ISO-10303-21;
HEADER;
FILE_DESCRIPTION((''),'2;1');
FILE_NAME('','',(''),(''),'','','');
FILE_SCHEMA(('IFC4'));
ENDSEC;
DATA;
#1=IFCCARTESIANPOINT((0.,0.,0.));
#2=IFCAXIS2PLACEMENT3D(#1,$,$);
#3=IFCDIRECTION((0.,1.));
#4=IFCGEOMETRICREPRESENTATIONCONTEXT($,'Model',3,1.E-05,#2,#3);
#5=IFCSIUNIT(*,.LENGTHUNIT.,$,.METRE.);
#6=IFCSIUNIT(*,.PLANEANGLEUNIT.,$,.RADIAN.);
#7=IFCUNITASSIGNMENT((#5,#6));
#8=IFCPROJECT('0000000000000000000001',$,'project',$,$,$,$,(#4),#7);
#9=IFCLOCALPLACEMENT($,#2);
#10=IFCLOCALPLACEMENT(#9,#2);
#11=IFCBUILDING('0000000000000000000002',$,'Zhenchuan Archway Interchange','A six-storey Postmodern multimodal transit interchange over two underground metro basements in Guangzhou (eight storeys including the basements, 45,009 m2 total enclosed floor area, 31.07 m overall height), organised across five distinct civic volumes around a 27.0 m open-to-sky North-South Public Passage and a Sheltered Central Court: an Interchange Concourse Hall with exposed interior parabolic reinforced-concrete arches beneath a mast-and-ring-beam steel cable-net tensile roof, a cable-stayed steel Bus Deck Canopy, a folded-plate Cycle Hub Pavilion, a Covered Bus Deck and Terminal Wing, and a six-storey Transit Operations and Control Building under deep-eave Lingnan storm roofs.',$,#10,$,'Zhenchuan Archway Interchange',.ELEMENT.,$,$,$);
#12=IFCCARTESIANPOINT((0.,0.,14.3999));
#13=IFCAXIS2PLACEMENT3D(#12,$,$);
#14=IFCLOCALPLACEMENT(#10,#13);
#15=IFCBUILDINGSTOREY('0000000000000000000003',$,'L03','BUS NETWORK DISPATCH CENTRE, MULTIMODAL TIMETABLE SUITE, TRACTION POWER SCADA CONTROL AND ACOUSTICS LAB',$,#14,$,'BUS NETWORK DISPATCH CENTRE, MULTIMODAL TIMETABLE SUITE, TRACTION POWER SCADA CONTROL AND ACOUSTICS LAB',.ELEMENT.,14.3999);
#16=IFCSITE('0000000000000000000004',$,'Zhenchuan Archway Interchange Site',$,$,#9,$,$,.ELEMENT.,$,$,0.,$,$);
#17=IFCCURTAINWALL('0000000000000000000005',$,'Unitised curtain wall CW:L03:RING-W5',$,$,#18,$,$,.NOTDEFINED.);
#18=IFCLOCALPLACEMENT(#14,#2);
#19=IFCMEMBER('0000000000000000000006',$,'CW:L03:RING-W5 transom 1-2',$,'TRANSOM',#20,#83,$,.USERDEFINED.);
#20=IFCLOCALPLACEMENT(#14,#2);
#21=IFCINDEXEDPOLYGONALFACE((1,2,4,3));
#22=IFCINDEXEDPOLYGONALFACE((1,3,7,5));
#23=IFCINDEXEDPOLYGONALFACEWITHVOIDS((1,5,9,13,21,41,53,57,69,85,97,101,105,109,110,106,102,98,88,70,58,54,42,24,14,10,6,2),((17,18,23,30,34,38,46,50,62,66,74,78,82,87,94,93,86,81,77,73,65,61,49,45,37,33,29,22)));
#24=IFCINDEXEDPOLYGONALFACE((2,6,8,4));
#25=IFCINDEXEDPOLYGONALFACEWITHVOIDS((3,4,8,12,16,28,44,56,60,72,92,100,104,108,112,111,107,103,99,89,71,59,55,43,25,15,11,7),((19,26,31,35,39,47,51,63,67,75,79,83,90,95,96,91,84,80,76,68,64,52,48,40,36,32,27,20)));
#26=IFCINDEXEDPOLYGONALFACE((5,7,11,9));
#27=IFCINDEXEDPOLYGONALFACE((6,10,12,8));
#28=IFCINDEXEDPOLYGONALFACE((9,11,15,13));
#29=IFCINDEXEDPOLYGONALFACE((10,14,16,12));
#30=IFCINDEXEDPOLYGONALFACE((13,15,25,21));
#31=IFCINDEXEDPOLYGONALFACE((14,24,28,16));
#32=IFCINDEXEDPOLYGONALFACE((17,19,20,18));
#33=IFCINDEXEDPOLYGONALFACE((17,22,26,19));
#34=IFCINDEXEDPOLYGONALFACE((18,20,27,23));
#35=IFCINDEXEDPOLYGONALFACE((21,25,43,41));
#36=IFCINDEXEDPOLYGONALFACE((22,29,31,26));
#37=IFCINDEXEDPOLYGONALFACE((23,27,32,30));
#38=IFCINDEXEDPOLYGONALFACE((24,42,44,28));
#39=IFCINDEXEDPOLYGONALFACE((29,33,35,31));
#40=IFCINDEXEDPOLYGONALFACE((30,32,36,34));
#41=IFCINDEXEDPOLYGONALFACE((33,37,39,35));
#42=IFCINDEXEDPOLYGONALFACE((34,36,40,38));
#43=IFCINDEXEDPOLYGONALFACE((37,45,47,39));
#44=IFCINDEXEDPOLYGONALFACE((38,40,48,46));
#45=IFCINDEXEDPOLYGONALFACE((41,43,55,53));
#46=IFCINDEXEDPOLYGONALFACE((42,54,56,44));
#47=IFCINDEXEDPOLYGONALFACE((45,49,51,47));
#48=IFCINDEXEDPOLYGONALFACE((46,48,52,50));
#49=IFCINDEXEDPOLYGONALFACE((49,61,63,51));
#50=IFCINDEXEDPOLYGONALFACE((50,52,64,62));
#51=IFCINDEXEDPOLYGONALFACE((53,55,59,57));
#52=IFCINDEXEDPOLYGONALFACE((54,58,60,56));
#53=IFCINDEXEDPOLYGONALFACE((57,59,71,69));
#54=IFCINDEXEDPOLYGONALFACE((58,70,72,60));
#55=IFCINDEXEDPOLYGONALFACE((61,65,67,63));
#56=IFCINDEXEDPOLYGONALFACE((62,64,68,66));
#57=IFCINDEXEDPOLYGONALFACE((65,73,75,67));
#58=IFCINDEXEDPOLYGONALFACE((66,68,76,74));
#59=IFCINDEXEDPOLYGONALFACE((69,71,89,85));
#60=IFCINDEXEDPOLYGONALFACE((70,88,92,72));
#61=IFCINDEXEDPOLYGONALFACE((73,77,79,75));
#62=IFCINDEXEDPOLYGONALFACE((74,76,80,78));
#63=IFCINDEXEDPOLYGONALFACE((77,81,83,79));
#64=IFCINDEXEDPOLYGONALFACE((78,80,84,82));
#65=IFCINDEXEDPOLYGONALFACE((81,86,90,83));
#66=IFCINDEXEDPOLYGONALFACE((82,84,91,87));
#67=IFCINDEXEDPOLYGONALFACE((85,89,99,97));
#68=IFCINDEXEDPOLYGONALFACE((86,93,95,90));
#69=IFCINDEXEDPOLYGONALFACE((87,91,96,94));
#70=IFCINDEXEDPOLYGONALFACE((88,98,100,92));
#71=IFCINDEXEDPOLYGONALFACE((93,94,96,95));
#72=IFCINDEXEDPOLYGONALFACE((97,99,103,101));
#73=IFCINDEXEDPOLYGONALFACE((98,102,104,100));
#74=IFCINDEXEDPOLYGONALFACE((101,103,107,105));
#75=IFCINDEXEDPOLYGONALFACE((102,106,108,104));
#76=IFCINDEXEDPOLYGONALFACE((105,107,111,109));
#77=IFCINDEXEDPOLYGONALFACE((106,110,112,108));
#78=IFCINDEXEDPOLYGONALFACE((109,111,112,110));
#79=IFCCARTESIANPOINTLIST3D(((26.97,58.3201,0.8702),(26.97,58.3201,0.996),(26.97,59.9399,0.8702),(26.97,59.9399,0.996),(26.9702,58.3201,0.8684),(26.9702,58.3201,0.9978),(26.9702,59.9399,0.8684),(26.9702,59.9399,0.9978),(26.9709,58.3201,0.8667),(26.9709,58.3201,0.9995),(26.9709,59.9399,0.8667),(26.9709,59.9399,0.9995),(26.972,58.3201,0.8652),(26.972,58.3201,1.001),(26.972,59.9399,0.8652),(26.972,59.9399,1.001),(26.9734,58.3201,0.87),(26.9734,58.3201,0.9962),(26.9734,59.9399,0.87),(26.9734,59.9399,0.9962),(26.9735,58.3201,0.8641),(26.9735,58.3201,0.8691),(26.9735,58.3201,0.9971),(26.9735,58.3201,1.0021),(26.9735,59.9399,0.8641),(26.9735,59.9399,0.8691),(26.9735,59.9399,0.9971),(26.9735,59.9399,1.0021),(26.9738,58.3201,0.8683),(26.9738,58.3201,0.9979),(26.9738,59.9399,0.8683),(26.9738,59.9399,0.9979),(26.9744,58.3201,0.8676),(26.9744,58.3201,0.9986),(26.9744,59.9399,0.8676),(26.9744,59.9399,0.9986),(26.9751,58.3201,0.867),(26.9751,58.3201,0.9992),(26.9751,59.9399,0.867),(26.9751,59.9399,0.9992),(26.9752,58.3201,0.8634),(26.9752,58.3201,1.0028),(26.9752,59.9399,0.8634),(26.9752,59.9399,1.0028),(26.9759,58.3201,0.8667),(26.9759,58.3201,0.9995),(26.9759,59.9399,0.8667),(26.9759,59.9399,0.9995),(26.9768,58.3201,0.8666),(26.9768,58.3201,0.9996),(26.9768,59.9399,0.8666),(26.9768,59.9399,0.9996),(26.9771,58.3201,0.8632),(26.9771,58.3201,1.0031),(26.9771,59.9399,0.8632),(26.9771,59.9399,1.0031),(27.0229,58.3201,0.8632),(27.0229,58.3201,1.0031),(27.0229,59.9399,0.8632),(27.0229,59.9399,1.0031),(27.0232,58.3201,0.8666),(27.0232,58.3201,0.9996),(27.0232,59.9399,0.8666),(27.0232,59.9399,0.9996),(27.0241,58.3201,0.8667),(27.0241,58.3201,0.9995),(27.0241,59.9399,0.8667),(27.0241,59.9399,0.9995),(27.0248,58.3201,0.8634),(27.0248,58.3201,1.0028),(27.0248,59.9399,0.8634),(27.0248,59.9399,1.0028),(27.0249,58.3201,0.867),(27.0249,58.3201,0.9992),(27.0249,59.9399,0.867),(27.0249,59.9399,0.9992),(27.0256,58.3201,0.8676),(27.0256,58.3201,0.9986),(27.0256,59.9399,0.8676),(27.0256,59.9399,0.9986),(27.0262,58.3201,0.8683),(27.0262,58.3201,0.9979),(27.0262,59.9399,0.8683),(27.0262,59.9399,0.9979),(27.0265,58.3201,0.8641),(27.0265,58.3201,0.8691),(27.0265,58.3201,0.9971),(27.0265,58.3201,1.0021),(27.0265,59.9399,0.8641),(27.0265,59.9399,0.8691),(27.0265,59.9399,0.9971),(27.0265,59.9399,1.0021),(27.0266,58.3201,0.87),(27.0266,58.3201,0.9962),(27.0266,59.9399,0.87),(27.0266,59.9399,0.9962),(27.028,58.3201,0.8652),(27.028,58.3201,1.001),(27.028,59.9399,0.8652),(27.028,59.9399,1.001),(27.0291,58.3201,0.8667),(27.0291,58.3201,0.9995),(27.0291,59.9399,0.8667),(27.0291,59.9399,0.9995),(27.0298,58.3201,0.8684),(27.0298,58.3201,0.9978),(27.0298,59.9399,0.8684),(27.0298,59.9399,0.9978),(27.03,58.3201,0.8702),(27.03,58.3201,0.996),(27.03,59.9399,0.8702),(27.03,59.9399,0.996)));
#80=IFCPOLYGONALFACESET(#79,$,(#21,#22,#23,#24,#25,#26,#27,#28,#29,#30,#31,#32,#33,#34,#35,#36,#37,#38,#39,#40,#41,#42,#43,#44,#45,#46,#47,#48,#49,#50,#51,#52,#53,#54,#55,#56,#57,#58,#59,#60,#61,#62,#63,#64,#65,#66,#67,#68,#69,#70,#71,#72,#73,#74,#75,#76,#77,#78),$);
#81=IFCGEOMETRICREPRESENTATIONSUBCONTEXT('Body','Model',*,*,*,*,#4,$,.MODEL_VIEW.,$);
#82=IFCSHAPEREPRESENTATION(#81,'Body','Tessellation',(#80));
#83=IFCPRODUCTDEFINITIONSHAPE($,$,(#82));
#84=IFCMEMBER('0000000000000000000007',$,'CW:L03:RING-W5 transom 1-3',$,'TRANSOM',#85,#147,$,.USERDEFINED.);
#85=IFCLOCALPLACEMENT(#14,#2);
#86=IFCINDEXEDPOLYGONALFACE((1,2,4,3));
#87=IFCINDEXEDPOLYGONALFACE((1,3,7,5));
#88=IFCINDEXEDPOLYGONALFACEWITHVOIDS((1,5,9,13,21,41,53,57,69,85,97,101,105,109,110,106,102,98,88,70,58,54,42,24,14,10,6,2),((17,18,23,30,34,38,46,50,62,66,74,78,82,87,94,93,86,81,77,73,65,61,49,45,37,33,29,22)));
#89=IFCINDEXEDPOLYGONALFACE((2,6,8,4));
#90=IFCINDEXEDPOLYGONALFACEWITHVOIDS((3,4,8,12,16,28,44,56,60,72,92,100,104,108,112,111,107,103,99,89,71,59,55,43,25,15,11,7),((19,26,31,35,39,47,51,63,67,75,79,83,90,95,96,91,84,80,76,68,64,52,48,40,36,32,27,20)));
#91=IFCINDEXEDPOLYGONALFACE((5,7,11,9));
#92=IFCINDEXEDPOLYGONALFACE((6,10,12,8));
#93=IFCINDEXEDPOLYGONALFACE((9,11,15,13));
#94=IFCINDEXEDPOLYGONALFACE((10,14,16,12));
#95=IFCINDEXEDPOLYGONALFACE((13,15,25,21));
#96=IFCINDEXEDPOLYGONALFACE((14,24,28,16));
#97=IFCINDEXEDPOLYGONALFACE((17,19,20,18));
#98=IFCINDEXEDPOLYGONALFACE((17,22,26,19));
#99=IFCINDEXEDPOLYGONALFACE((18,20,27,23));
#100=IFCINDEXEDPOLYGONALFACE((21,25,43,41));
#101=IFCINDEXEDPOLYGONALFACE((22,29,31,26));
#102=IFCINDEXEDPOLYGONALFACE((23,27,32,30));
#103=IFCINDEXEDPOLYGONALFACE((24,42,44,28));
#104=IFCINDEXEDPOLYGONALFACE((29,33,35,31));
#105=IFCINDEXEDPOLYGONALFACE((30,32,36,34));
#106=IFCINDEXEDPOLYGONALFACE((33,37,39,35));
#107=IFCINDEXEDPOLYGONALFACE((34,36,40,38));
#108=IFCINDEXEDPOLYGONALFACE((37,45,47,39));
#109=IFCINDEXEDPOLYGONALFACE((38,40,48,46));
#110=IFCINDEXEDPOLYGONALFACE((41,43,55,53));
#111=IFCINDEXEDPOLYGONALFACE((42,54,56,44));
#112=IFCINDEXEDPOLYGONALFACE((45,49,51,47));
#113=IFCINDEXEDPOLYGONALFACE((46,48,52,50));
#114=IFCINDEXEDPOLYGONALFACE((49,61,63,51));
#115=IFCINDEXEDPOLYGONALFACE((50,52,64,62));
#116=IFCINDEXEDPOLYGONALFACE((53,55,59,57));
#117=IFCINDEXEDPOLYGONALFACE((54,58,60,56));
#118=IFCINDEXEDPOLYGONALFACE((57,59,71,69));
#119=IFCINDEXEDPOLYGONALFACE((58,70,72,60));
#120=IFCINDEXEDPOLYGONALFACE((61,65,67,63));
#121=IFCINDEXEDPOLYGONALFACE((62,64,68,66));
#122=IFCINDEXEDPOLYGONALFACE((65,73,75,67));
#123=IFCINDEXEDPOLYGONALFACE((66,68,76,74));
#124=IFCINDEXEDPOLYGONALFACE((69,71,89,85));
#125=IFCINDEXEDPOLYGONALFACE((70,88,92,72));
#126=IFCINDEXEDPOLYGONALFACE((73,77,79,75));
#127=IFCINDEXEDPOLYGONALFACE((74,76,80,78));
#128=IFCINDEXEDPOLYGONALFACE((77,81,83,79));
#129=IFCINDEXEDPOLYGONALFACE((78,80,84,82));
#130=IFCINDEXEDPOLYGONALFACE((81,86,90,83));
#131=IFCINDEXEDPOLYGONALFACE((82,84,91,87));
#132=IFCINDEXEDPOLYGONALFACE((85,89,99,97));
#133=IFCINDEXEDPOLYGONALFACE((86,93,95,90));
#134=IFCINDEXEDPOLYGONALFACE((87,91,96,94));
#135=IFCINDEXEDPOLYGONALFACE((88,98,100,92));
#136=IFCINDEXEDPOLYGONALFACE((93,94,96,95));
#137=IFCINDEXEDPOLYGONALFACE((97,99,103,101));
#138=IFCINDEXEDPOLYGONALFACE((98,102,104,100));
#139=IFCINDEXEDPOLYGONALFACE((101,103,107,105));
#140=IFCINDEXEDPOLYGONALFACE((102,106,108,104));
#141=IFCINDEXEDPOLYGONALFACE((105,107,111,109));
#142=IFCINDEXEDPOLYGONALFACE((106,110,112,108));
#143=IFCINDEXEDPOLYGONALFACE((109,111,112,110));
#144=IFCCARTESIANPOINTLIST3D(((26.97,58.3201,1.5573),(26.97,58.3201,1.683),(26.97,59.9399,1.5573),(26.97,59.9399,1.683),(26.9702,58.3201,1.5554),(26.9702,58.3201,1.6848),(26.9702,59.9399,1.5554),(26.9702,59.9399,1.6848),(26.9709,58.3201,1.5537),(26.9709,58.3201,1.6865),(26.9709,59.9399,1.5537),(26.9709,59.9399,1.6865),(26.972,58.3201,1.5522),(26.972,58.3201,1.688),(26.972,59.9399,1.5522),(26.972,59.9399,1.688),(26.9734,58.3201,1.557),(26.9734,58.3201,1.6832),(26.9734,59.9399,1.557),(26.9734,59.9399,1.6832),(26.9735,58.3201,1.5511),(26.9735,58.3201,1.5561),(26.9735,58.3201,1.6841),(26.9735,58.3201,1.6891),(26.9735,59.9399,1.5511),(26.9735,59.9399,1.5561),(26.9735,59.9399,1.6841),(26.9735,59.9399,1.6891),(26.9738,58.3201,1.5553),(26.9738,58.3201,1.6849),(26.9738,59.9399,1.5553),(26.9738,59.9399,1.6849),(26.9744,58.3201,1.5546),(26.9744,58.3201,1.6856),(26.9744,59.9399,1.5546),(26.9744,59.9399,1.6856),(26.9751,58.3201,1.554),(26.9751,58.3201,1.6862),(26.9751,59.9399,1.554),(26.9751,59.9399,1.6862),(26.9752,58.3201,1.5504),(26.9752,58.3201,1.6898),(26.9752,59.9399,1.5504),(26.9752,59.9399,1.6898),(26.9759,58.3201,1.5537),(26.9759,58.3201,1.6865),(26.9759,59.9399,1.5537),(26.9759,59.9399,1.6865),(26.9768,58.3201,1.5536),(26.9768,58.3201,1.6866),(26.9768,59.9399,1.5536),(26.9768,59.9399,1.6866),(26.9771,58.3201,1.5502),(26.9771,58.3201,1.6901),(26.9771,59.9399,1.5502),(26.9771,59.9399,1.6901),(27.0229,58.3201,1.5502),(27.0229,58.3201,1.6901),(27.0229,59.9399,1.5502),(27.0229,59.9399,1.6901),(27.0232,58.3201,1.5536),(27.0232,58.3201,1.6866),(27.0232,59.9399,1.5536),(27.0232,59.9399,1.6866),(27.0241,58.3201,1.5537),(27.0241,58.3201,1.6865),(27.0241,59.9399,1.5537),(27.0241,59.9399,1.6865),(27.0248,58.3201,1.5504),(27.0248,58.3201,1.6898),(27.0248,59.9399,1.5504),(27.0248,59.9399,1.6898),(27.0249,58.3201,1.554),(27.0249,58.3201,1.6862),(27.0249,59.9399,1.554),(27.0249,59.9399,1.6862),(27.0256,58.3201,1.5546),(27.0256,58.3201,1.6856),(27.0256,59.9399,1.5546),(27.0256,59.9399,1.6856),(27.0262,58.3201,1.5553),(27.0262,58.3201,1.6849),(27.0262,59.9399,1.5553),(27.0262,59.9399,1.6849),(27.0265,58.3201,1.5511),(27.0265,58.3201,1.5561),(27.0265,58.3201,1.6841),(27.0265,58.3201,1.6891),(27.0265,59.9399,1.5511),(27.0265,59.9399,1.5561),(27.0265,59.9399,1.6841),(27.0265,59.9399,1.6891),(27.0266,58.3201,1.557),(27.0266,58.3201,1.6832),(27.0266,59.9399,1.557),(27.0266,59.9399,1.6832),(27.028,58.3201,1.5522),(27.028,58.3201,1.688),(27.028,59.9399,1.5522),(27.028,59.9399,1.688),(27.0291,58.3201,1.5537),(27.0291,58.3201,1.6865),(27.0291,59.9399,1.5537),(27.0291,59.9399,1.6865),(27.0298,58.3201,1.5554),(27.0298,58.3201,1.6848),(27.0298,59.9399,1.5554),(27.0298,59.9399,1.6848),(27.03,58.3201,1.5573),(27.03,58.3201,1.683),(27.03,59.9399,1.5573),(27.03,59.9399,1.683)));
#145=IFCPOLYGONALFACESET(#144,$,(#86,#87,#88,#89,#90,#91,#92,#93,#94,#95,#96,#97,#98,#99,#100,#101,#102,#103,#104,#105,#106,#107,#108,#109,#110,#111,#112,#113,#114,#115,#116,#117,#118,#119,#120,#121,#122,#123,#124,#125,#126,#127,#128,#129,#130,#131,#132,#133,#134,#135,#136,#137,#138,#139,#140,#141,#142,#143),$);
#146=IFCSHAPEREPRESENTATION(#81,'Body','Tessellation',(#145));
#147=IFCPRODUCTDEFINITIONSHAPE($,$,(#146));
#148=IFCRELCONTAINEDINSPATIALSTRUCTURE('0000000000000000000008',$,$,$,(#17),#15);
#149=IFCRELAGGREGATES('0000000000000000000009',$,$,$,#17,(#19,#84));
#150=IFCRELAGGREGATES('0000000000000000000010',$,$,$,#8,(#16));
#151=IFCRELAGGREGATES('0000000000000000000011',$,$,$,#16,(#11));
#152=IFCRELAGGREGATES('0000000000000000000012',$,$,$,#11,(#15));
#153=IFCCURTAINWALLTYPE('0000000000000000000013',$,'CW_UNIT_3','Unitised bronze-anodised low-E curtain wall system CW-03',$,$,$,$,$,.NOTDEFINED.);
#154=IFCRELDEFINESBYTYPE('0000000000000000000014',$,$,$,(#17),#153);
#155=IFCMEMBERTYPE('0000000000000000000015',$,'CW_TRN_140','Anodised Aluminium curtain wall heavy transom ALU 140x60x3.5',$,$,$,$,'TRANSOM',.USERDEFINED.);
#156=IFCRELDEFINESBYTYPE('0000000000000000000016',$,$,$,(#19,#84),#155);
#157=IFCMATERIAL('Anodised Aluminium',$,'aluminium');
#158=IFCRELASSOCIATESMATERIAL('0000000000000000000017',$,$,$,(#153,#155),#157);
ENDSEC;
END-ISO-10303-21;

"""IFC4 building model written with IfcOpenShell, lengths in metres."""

from ifc_helpers import new_model, si_unit, direction, frame, origin, origin_2d, place, context, subcontext, project, spatial, hollow_rectangle, extrude, material, material_profile, profile_set, type_object, element, aggregate, save


model = new_model("IFC4")

# Units and contexts
model_context = context("Model", 3, precision=1e-05, world=origin(), true_north=direction((0.0, 1.0)))
body_context = subcontext(model_context, "Body", "Model", "MODEL_VIEW")
ifc_project = project(units=[si_unit("LENGTHUNIT", "METRE"), si_unit("PLANEANGLEUNIT", "RADIAN")], contexts=[model_context])

# Site, building, storey
site_placement = place(None, origin())
site = spatial("IfcSite", under=ifc_project, at=site_placement, Name="Zhenchuan Archway Interchange Site", CompositionType="ELEMENT", RefElevation=0.0)
building_placement = place(site_placement, origin())
building = spatial("IfcBuilding", under=site, at=building_placement, Name="Zhenchuan Archway Interchange", Description="A six-storey Postmodern multimodal transit interchange over two underground metro basements in Guangzhou (eight storeys including the basements, 45,009 m2 total enclosed floor area, 31.07 m overall height), organised across five distinct civic volumes around a 27.0 m open-to-sky North-South Public Passage and a Sheltered Central Court: an Interchange Concourse Hall with exposed interior parabolic reinforced-concrete arches beneath a mast-and-ring-beam steel cable-net tensile roof, a cable-stayed steel Bus Deck Canopy, a folded-plate Cycle Hub Pavilion, a Covered Bus Deck and Terminal Wing, and a six-storey Transit Operations and Control Building under deep-eave Lingnan storm roofs.", LongName="Zhenchuan Archway Interchange", CompositionType="ELEMENT")
storey_placement = place(building_placement, frame((0.0, 0.0, 14.3999)))
storey = spatial("IfcBuildingStorey", under=building, at=storey_placement, Name="L03", Description="BUS NETWORK DISPATCH CENTRE, MULTIMODAL TIMETABLE SUITE, TRACTION POWER SCADA CONTROL AND ACOUSTICS LAB", LongName="BUS NETWORK DISPATCH CENTRE, MULTIMODAL TIMETABLE SUITE, TRACTION POWER SCADA CONTROL AND ACOUSTICS LAB", CompositionType="ELEMENT", Elevation=14.3999)

# Curtain wall
ifc_material_1 = material(Name="Anodised Aluminium", Category="aluminium")
curtain_wall_type = type_object("IfcCurtainWallType", Name="CW_UNIT_3", Description="Unitised bronze-anodised low-E curtain wall system CW-03", PredefinedType="NOTDEFINED", material=ifc_material_1)
curtain_wall_1_placement = place(storey_placement, origin())
curtain_wall_1 = element("IfcCurtainWall", 1, at=curtain_wall_1_placement, inside=storey, type_object=curtain_wall_type, Name="Unitised curtain wall CW:L03:RING-W5", PredefinedType="NOTDEFINED")

# Members
ifc_material_profile_1 = material_profile(ifc_material_1, hollow_rectangle(XDim=0.0601, YDim=0.1399, WallThickness=0.0034, InnerFilletRadius=0.0034, OuterFilletRadius=0.0071, at=origin_2d()), Name="ALU 140x60x3.5")
ifc_profile_set_1 = profile_set([ifc_material_profile_1], Name="Anodised Aluminium")
member_type_1 = type_object("IfcMemberType", Name="CW_TRN_140", Description="Anodised Aluminium curtain wall heavy transom ALU 140x60x3.5", ElementType="TRANSOM", PredefinedType="USERDEFINED", material=ifc_profile_set_1)
member_1_placement = place(storey_placement, frame((27.0, 58.3201, 0.9331), z_axis=(0.0, 1.0, 0.0), x_axis=(-1.0, 0.0, 0.0)))
member_1 = element("IfcMember", 2, at=member_1_placement, type_object=member_type_1, Name="CW:L03:RING-W5 transom 1-2", ObjectType="TRANSOM", PredefinedType="USERDEFINED", context=body_context, shape_type="SweptSolid", body=[
    extrude(hollow_rectangle(XDim=0.0601, YDim=0.1399, WallThickness=0.0034, InnerFilletRadius=0.0034, OuterFilletRadius=0.0071, at=origin_2d()), origin(), (0.0, 0.0, 1.0), 1.6199),
])
member_2_placement = place(storey_placement, frame((27.0, 58.3201, 1.6201), z_axis=(0.0, 1.0, 0.0), x_axis=(-1.0, 0.0, 0.0)))
member_2 = element("IfcMember", 3, at=member_2_placement, type_object=member_type_1, Name="CW:L03:RING-W5 transom 1-3", ObjectType="TRANSOM", PredefinedType="USERDEFINED", context=body_context, shape_type="SweptSolid", body=[
    extrude(hollow_rectangle(XDim=0.0601, YDim=0.1399, WallThickness=0.0034, InnerFilletRadius=0.0034, OuterFilletRadius=0.0071, at=origin_2d()), origin(), (0.0, 0.0, 1.0), 1.6199),
])

aggregate(curtain_wall_1, [member_1, member_2])

save(model, "model.ifc")
